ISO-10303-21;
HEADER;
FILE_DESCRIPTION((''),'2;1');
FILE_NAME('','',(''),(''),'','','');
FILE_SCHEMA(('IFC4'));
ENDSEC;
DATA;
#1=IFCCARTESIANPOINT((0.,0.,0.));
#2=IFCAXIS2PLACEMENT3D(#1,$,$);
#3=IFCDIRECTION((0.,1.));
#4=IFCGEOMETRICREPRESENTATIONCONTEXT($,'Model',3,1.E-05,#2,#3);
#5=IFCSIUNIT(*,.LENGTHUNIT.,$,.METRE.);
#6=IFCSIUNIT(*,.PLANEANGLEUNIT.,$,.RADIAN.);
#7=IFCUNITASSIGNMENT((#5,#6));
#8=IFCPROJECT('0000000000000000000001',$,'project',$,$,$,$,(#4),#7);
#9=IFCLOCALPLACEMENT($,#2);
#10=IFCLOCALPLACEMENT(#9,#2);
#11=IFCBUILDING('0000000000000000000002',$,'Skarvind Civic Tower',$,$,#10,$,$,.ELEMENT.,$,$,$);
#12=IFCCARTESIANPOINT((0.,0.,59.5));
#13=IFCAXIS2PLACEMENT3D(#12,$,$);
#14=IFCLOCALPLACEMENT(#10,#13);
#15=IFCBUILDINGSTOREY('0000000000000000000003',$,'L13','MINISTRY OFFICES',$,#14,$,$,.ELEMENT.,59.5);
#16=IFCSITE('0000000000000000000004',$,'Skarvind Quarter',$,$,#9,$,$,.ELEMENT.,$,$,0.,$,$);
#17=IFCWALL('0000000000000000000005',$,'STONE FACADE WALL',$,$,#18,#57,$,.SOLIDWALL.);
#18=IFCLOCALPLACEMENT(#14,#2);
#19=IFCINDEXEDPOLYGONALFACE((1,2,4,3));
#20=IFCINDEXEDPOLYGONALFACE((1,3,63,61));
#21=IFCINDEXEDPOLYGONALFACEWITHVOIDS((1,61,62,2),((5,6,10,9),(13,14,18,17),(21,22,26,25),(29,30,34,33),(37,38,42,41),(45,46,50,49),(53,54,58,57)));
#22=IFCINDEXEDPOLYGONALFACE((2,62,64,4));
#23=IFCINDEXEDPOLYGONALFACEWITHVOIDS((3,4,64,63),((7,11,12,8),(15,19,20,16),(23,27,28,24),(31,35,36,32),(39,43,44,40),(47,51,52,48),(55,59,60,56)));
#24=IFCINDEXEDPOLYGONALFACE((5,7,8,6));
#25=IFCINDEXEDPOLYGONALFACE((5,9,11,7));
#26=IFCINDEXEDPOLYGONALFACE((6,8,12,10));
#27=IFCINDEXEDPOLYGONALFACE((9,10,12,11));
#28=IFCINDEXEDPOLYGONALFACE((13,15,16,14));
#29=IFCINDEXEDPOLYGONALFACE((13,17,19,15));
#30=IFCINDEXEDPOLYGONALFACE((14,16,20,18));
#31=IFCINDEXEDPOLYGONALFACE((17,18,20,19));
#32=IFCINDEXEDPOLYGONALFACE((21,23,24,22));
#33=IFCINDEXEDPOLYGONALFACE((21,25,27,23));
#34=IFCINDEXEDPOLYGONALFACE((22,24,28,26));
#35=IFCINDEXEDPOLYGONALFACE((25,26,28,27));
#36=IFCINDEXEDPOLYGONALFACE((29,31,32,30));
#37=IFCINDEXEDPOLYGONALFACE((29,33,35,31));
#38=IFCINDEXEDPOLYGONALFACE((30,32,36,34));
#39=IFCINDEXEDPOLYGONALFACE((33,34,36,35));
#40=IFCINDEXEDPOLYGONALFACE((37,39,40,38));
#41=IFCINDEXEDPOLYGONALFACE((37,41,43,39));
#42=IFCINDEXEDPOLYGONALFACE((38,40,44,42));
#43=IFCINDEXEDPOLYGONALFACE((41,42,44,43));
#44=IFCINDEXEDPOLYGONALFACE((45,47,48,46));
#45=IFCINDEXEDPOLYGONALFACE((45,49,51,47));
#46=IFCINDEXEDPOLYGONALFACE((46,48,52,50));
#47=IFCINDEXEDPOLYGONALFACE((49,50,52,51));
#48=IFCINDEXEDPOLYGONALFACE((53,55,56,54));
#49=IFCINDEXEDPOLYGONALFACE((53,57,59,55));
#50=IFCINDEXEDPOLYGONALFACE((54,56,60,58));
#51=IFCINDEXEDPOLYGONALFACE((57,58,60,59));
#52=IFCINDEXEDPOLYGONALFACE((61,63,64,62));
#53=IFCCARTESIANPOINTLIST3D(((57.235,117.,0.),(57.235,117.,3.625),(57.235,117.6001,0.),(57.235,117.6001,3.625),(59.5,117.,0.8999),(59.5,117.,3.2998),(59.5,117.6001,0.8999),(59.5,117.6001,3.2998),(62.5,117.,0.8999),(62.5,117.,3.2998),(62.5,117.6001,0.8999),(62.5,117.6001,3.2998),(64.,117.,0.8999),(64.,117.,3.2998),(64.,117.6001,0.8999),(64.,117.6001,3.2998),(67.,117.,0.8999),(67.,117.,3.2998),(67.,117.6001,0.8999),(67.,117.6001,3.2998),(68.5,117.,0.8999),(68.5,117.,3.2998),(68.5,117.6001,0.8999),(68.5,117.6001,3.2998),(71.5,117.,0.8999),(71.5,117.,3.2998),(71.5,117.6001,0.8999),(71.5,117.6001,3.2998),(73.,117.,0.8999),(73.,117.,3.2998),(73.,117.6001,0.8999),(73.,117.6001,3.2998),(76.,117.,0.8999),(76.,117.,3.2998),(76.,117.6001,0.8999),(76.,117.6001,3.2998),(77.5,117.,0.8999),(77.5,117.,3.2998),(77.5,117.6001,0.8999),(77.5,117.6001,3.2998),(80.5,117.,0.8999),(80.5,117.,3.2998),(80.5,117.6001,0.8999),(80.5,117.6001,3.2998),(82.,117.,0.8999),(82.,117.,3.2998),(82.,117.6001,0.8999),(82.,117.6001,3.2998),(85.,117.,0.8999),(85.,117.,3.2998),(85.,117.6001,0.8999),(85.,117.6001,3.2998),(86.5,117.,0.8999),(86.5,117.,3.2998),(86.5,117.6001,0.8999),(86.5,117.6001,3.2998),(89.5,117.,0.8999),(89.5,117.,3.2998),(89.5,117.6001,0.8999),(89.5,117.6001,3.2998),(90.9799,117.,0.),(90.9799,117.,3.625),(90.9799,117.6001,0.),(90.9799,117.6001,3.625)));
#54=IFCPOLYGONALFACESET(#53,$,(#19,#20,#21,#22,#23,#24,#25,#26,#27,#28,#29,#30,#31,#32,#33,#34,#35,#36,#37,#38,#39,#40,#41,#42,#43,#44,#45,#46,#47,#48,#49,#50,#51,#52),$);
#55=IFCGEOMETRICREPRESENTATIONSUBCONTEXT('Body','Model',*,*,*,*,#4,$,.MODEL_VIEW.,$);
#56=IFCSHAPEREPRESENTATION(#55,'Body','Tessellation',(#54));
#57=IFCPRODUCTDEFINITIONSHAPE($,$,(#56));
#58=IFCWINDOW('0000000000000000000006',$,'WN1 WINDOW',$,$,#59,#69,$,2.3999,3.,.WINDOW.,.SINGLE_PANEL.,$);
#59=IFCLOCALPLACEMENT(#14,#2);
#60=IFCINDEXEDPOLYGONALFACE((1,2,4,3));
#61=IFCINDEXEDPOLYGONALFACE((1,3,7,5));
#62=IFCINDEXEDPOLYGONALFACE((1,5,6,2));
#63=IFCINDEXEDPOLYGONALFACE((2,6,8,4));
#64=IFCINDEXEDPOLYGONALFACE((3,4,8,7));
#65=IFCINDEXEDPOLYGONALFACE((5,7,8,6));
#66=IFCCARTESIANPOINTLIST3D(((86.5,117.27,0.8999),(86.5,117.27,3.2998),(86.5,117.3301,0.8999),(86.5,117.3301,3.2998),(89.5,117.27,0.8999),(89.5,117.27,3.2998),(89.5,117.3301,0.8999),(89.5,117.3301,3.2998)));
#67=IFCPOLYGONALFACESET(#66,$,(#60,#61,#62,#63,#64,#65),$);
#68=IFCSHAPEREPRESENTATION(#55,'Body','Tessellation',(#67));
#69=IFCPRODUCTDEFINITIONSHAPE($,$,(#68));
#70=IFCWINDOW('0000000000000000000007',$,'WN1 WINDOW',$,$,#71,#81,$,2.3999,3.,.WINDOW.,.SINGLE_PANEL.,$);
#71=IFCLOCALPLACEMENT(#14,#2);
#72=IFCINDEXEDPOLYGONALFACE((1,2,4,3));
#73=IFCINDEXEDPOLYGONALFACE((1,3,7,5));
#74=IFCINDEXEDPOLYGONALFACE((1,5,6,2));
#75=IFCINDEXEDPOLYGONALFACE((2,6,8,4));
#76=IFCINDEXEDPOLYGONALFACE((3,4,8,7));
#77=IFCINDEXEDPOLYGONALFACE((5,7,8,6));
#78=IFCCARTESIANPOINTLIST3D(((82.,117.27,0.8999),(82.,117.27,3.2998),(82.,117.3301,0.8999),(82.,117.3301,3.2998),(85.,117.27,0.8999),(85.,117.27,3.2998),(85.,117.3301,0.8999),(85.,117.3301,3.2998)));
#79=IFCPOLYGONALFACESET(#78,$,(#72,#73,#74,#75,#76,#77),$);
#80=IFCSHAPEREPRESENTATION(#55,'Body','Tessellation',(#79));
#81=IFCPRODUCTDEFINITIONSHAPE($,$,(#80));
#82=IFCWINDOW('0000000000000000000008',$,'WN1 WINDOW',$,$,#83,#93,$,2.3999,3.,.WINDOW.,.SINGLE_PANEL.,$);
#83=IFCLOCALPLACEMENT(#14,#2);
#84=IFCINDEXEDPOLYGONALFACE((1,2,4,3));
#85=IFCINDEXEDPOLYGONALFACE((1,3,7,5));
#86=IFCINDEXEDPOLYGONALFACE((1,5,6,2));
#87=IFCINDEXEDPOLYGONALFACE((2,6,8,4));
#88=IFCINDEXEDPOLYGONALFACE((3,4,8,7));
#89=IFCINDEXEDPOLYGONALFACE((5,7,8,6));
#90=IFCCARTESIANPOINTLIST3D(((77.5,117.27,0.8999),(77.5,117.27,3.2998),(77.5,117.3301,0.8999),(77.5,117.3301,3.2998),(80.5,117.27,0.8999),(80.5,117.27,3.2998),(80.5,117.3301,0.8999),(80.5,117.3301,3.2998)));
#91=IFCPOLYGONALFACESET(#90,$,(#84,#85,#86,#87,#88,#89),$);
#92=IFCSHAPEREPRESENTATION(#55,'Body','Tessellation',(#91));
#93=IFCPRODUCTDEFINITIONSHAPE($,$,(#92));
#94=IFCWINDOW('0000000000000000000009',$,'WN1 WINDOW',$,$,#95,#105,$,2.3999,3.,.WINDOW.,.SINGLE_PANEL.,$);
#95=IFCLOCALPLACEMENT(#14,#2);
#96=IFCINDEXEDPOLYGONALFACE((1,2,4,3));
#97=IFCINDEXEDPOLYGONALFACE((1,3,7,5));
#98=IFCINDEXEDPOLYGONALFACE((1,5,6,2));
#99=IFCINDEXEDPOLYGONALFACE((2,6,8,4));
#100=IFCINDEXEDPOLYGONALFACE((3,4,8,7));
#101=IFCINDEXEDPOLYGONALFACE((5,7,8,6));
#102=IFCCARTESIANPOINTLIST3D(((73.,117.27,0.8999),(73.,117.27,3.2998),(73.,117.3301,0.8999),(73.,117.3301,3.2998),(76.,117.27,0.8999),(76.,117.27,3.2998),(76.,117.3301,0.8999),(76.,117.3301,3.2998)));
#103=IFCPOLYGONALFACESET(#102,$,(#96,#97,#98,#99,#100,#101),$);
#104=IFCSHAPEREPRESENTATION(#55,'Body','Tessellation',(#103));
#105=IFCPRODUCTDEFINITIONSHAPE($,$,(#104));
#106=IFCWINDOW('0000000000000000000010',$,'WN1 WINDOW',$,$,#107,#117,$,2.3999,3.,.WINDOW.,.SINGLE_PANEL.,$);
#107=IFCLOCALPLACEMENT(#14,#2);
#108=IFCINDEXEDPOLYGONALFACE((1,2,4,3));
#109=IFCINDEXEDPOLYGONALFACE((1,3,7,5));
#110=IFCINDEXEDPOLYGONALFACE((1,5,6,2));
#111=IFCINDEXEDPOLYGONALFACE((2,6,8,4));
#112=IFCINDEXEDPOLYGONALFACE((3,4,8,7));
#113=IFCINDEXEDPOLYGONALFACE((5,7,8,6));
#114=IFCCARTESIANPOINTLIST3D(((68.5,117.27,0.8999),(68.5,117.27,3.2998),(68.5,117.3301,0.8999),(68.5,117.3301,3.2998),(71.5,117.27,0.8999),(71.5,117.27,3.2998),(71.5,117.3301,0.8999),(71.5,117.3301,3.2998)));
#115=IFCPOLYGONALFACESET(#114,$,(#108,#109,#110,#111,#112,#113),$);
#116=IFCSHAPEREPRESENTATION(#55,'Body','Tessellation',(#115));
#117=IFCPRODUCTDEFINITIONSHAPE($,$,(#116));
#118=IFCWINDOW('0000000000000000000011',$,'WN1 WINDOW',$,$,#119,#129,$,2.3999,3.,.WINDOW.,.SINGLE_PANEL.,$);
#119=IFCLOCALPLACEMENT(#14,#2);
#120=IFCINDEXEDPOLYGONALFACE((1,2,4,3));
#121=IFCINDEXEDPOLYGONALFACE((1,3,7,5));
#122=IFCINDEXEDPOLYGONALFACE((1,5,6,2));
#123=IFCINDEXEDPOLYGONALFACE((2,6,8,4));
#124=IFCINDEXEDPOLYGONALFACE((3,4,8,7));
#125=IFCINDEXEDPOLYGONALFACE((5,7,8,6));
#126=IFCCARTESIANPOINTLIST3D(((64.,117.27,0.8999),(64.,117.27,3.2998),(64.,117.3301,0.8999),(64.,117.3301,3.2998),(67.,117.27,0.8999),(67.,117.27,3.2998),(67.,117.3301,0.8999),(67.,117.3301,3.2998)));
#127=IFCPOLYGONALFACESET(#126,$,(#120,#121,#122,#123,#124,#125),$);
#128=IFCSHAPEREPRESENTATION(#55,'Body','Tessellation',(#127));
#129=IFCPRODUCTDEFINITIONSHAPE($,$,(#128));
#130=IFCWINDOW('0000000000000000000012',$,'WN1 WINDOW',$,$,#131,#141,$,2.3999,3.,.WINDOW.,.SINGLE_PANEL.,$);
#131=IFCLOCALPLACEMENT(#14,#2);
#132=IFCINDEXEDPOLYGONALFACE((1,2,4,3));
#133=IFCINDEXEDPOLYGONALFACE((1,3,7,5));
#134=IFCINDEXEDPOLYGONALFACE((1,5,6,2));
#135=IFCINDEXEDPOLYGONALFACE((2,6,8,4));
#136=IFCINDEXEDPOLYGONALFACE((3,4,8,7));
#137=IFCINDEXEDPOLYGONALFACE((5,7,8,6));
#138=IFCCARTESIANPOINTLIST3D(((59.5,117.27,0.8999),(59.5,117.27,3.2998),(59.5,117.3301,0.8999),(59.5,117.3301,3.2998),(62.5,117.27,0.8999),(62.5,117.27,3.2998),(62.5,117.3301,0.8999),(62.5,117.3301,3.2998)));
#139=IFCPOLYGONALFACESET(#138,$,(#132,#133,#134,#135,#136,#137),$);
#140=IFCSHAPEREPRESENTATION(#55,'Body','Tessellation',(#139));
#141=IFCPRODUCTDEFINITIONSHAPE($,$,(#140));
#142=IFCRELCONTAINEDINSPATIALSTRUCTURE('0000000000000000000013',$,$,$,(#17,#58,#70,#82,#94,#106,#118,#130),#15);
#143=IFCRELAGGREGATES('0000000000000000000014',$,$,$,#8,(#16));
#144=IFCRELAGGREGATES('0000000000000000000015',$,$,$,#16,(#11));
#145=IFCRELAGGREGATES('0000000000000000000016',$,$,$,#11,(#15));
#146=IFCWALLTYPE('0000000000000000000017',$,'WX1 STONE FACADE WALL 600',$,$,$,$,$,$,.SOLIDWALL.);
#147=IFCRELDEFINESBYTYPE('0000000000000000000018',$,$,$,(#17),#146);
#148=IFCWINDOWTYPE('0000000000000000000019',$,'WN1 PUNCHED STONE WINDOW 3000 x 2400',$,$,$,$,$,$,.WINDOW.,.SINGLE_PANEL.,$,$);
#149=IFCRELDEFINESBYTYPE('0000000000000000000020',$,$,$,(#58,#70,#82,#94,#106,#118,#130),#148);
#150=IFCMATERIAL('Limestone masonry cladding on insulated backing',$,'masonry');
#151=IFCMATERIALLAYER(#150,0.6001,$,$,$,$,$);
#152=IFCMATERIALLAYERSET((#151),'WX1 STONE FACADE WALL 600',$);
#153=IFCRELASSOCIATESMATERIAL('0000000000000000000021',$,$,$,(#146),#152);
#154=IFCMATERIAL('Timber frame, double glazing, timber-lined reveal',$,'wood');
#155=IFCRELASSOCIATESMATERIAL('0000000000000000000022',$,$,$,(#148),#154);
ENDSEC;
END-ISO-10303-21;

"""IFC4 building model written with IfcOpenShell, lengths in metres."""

from ifc_helpers import new_model, si_unit, direction, frame, frame_2d, origin, place, context, subcontext, project, spatial, rectangle, extrude, material, layer, layer_set, type_object, element, fill, save


model = new_model("IFC4")

# Units and contexts
model_context = context("Model", 3, precision=1e-05, world=origin(), true_north=direction((0.0, 1.0)))
body_context = subcontext(model_context, "Body", "Model", "MODEL_VIEW")
ifc_project = project(units=[si_unit("LENGTHUNIT", "METRE"), si_unit("PLANEANGLEUNIT", "RADIAN")], contexts=[model_context])

# Site, building, storey
site_placement = place(None, origin())
site = spatial("IfcSite", under=ifc_project, at=site_placement, Name="Skarvind Quarter", CompositionType="ELEMENT", RefElevation=0.0)
building_placement = place(site_placement, origin())
building = spatial("IfcBuilding", under=site, at=building_placement, Name="Skarvind Civic Tower", CompositionType="ELEMENT")
storey_placement = place(building_placement, frame((0.0, 0.0, 59.5)))
storey = spatial("IfcBuildingStorey", under=building, at=storey_placement, Name="L13", Description="MINISTRY OFFICES", CompositionType="ELEMENT", Elevation=59.5)

# Wall, openings, windows
ifc_material_1 = material(Name="Limestone masonry cladding on insulated backing", Category="masonry")
ifc_layer_1 = layer(ifc_material_1, 0.6001)
ifc_layer_set_1 = layer_set([ifc_layer_1], Name="WX1 STONE FACADE WALL 600")
wall_type_1 = type_object("IfcWallType", Name="WX1 STONE FACADE WALL 600", PredefinedType="SOLIDWALL", material=ifc_layer_set_1)
wall_1_placement = place(storey_placement, frame((90.98, 117.3, 0.0), z_axis=(0.0, 0.0, 1.0), x_axis=(-1.0, 0.0, 0.0)))
wall_1 = element("IfcWall", 1, at=wall_1_placement, inside=storey, type_object=wall_type_1, Name="STONE FACADE WALL", PredefinedType="SOLIDWALL", context=body_context, shape_type="SweptSolid", body=[
    extrude(rectangle(XDim=33.7449, YDim=0.6001, at=frame_2d((16.8726, 0.0))), origin(), (0.0, 0.0, 1.0), 3.625),
])
opening_1_placement = place(wall_1_placement, frame((1.48, 0.0, 0.8999)))
opening_1 = element("IfcOpeningElement", 2, at=opening_1_placement, cuts=wall_1, PredefinedType="OPENING", context=body_context, shape_type="SweptSolid", body=[
    extrude(rectangle(XDim=3.0, YDim=2.3999, at=frame_2d((1.5, 1.2))), frame((0.0, 0.3101, 0.0), z_axis=(0.0, -1.0, 0.0), x_axis=(1.0, 0.0, 0.0)), (0.0, 0.0, 1.0), 0.6201),
])
opening_2_placement = place(wall_1_placement, frame((5.98, 0.0, 0.8999)))
opening_2 = element("IfcOpeningElement", 3, at=opening_2_placement, cuts=wall_1, PredefinedType="OPENING", context=body_context, shape_type="SweptSolid", body=[
    extrude(rectangle(XDim=3.0, YDim=2.3999, at=frame_2d((1.5, 1.2))), frame((0.0, 0.3101, 0.0), z_axis=(0.0, -1.0, 0.0), x_axis=(1.0, 0.0, 0.0)), (0.0, 0.0, 1.0), 0.6201),
])
opening_3_placement = place(wall_1_placement, frame((10.48, 0.0, 0.8999)))
opening_3 = element("IfcOpeningElement", 4, at=opening_3_placement, cuts=wall_1, PredefinedType="OPENING", context=body_context, shape_type="SweptSolid", body=[
    extrude(rectangle(XDim=3.0, YDim=2.3999, at=frame_2d((1.5, 1.2))), frame((0.0, 0.3101, 0.0), z_axis=(0.0, -1.0, 0.0), x_axis=(1.0, 0.0, 0.0)), (0.0, 0.0, 1.0), 0.6201),
])
opening_4_placement = place(wall_1_placement, frame((14.98, 0.0, 0.8999)))
opening_4 = element("IfcOpeningElement", 5, at=opening_4_placement, cuts=wall_1, PredefinedType="OPENING", context=body_context, shape_type="SweptSolid", body=[
    extrude(rectangle(XDim=3.0, YDim=2.3999, at=frame_2d((1.5, 1.2))), frame((0.0, 0.3101, 0.0), z_axis=(0.0, -1.0, 0.0), x_axis=(1.0, 0.0, 0.0)), (0.0, 0.0, 1.0), 0.6201),
])
opening_5_placement = place(wall_1_placement, frame((19.48, 0.0, 0.8999)))
opening_5 = element("IfcOpeningElement", 6, at=opening_5_placement, cuts=wall_1, PredefinedType="OPENING", context=body_context, shape_type="SweptSolid", body=[
    extrude(rectangle(XDim=3.0, YDim=2.3999, at=frame_2d((1.5, 1.2))), frame((0.0, 0.3101, 0.0), z_axis=(0.0, -1.0, 0.0), x_axis=(1.0, 0.0, 0.0)), (0.0, 0.0, 1.0), 0.6201),
])
opening_6_placement = place(wall_1_placement, frame((23.98, 0.0, 0.8999)))
opening_6 = element("IfcOpeningElement", 7, at=opening_6_placement, cuts=wall_1, PredefinedType="OPENING", context=body_context, shape_type="SweptSolid", body=[
    extrude(rectangle(XDim=3.0, YDim=2.3999, at=frame_2d((1.5, 1.2))), frame((0.0, 0.3101, 0.0), z_axis=(0.0, -1.0, 0.0), x_axis=(1.0, 0.0, 0.0)), (0.0, 0.0, 1.0), 0.6201),
])
opening_7_placement = place(wall_1_placement, frame((28.48, 0.0, 0.8999)))
opening_7 = element("IfcOpeningElement", 8, at=opening_7_placement, cuts=wall_1, PredefinedType="OPENING", context=body_context, shape_type="SweptSolid", body=[
    extrude(rectangle(XDim=3.0, YDim=2.3999, at=frame_2d((1.5, 1.2))), frame((0.0, 0.3101, 0.0), z_axis=(0.0, -1.0, 0.0), x_axis=(1.0, 0.0, 0.0)), (0.0, 0.0, 1.0), 0.6201),
])
ifc_material_2 = material(Name="Timber frame, double glazing, timber-lined reveal", Category="wood")
window_type = type_object("IfcWindowType", Name="WN1 PUNCHED STONE WINDOW 3000 x 2400", PartitioningType="SINGLE_PANEL", PredefinedType="WINDOW", material=ifc_material_2)
window_1_placement = place(opening_1_placement, origin())
window_1 = element("IfcWindow", 9, at=window_1_placement, inside=storey, type_object=window_type, Name="WN1 WINDOW", OverallHeight=2.3999, OverallWidth=3.0, PartitioningType="SINGLE_PANEL", PredefinedType="WINDOW", context=body_context, shape_type="SweptSolid", body=[
    extrude(rectangle(XDim=3.0, YDim=2.3999, at=frame_2d((1.5, 1.2))), frame((0.0, 0.03, 0.0), z_axis=(0.0, -1.0, 0.0), x_axis=(1.0, 0.0, 0.0)), (0.0, 0.0, 1.0), 0.0601),
])
fill(opening_1, window_1)
window_2_placement = place(opening_2_placement, origin())
window_2 = element("IfcWindow", 10, at=window_2_placement, inside=storey, type_object=window_type, Name="WN1 WINDOW", OverallHeight=2.3999, OverallWidth=3.0, PartitioningType="SINGLE_PANEL", PredefinedType="WINDOW", context=body_context, shape_type="SweptSolid", body=[
    extrude(rectangle(XDim=3.0, YDim=2.3999, at=frame_2d((1.5, 1.2))), frame((0.0, 0.03, 0.0), z_axis=(0.0, -1.0, 0.0), x_axis=(1.0, 0.0, 0.0)), (0.0, 0.0, 1.0), 0.0601),
])
fill(opening_2, window_2)
window_3_placement = place(opening_3_placement, origin())
window_3 = element("IfcWindow", 11, at=window_3_placement, inside=storey, type_object=window_type, Name="WN1 WINDOW", OverallHeight=2.3999, OverallWidth=3.0, PartitioningType="SINGLE_PANEL", PredefinedType="WINDOW", context=body_context, shape_type="SweptSolid", body=[
    extrude(rectangle(XDim=3.0, YDim=2.3999, at=frame_2d((1.5, 1.2))), frame((0.0, 0.03, 0.0), z_axis=(0.0, -1.0, 0.0), x_axis=(1.0, 0.0, 0.0)), (0.0, 0.0, 1.0), 0.0601),
])
fill(opening_3, window_3)
window_4_placement = place(opening_4_placement, origin())
window_4 = element("IfcWindow", 12, at=window_4_placement, inside=storey, type_object=window_type, Name="WN1 WINDOW", OverallHeight=2.3999, OverallWidth=3.0, PartitioningType="SINGLE_PANEL", PredefinedType="WINDOW", context=body_context, shape_type="SweptSolid", body=[
    extrude(rectangle(XDim=3.0, YDim=2.3999, at=frame_2d((1.5, 1.2))), frame((0.0, 0.03, 0.0), z_axis=(0.0, -1.0, 0.0), x_axis=(1.0, 0.0, 0.0)), (0.0, 0.0, 1.0), 0.0601),
])
fill(opening_4, window_4)
window_5_placement = place(opening_5_placement, origin())
window_5 = element("IfcWindow", 13, at=window_5_placement, inside=storey, type_object=window_type, Name="WN1 WINDOW", OverallHeight=2.3999, OverallWidth=3.0, PartitioningType="SINGLE_PANEL", PredefinedType="WINDOW", context=body_context, shape_type="SweptSolid", body=[
    extrude(rectangle(XDim=3.0, YDim=2.3999, at=frame_2d((1.5, 1.2))), frame((0.0, 0.03, 0.0), z_axis=(0.0, -1.0, 0.0), x_axis=(1.0, 0.0, 0.0)), (0.0, 0.0, 1.0), 0.0601),
])
fill(opening_5, window_5)
window_6_placement = place(opening_6_placement, origin())
window_6 = element("IfcWindow", 14, at=window_6_placement, inside=storey, type_object=window_type, Name="WN1 WINDOW", OverallHeight=2.3999, OverallWidth=3.0, PartitioningType="SINGLE_PANEL", PredefinedType="WINDOW", context=body_context, shape_type="SweptSolid", body=[
    extrude(rectangle(XDim=3.0, YDim=2.3999, at=frame_2d((1.5, 1.2))), frame((0.0, 0.03, 0.0), z_axis=(0.0, -1.0, 0.0), x_axis=(1.0, 0.0, 0.0)), (0.0, 0.0, 1.0), 0.0601),
])
fill(opening_6, window_6)
window_7_placement = place(opening_7_placement, origin())
window_7 = element("IfcWindow", 15, at=window_7_placement, inside=storey, type_object=window_type, Name="WN1 WINDOW", OverallHeight=2.3999, OverallWidth=3.0, PartitioningType="SINGLE_PANEL", PredefinedType="WINDOW", context=body_context, shape_type="SweptSolid", body=[
    extrude(rectangle(XDim=3.0, YDim=2.3999, at=frame_2d((1.5, 1.2))), frame((0.0, 0.03, 0.0), z_axis=(0.0, -1.0, 0.0), x_axis=(1.0, 0.0, 0.0)), (0.0, 0.0, 1.0), 0.0601),
])
fill(opening_7, window_7)

save(model, "model.ifc")
